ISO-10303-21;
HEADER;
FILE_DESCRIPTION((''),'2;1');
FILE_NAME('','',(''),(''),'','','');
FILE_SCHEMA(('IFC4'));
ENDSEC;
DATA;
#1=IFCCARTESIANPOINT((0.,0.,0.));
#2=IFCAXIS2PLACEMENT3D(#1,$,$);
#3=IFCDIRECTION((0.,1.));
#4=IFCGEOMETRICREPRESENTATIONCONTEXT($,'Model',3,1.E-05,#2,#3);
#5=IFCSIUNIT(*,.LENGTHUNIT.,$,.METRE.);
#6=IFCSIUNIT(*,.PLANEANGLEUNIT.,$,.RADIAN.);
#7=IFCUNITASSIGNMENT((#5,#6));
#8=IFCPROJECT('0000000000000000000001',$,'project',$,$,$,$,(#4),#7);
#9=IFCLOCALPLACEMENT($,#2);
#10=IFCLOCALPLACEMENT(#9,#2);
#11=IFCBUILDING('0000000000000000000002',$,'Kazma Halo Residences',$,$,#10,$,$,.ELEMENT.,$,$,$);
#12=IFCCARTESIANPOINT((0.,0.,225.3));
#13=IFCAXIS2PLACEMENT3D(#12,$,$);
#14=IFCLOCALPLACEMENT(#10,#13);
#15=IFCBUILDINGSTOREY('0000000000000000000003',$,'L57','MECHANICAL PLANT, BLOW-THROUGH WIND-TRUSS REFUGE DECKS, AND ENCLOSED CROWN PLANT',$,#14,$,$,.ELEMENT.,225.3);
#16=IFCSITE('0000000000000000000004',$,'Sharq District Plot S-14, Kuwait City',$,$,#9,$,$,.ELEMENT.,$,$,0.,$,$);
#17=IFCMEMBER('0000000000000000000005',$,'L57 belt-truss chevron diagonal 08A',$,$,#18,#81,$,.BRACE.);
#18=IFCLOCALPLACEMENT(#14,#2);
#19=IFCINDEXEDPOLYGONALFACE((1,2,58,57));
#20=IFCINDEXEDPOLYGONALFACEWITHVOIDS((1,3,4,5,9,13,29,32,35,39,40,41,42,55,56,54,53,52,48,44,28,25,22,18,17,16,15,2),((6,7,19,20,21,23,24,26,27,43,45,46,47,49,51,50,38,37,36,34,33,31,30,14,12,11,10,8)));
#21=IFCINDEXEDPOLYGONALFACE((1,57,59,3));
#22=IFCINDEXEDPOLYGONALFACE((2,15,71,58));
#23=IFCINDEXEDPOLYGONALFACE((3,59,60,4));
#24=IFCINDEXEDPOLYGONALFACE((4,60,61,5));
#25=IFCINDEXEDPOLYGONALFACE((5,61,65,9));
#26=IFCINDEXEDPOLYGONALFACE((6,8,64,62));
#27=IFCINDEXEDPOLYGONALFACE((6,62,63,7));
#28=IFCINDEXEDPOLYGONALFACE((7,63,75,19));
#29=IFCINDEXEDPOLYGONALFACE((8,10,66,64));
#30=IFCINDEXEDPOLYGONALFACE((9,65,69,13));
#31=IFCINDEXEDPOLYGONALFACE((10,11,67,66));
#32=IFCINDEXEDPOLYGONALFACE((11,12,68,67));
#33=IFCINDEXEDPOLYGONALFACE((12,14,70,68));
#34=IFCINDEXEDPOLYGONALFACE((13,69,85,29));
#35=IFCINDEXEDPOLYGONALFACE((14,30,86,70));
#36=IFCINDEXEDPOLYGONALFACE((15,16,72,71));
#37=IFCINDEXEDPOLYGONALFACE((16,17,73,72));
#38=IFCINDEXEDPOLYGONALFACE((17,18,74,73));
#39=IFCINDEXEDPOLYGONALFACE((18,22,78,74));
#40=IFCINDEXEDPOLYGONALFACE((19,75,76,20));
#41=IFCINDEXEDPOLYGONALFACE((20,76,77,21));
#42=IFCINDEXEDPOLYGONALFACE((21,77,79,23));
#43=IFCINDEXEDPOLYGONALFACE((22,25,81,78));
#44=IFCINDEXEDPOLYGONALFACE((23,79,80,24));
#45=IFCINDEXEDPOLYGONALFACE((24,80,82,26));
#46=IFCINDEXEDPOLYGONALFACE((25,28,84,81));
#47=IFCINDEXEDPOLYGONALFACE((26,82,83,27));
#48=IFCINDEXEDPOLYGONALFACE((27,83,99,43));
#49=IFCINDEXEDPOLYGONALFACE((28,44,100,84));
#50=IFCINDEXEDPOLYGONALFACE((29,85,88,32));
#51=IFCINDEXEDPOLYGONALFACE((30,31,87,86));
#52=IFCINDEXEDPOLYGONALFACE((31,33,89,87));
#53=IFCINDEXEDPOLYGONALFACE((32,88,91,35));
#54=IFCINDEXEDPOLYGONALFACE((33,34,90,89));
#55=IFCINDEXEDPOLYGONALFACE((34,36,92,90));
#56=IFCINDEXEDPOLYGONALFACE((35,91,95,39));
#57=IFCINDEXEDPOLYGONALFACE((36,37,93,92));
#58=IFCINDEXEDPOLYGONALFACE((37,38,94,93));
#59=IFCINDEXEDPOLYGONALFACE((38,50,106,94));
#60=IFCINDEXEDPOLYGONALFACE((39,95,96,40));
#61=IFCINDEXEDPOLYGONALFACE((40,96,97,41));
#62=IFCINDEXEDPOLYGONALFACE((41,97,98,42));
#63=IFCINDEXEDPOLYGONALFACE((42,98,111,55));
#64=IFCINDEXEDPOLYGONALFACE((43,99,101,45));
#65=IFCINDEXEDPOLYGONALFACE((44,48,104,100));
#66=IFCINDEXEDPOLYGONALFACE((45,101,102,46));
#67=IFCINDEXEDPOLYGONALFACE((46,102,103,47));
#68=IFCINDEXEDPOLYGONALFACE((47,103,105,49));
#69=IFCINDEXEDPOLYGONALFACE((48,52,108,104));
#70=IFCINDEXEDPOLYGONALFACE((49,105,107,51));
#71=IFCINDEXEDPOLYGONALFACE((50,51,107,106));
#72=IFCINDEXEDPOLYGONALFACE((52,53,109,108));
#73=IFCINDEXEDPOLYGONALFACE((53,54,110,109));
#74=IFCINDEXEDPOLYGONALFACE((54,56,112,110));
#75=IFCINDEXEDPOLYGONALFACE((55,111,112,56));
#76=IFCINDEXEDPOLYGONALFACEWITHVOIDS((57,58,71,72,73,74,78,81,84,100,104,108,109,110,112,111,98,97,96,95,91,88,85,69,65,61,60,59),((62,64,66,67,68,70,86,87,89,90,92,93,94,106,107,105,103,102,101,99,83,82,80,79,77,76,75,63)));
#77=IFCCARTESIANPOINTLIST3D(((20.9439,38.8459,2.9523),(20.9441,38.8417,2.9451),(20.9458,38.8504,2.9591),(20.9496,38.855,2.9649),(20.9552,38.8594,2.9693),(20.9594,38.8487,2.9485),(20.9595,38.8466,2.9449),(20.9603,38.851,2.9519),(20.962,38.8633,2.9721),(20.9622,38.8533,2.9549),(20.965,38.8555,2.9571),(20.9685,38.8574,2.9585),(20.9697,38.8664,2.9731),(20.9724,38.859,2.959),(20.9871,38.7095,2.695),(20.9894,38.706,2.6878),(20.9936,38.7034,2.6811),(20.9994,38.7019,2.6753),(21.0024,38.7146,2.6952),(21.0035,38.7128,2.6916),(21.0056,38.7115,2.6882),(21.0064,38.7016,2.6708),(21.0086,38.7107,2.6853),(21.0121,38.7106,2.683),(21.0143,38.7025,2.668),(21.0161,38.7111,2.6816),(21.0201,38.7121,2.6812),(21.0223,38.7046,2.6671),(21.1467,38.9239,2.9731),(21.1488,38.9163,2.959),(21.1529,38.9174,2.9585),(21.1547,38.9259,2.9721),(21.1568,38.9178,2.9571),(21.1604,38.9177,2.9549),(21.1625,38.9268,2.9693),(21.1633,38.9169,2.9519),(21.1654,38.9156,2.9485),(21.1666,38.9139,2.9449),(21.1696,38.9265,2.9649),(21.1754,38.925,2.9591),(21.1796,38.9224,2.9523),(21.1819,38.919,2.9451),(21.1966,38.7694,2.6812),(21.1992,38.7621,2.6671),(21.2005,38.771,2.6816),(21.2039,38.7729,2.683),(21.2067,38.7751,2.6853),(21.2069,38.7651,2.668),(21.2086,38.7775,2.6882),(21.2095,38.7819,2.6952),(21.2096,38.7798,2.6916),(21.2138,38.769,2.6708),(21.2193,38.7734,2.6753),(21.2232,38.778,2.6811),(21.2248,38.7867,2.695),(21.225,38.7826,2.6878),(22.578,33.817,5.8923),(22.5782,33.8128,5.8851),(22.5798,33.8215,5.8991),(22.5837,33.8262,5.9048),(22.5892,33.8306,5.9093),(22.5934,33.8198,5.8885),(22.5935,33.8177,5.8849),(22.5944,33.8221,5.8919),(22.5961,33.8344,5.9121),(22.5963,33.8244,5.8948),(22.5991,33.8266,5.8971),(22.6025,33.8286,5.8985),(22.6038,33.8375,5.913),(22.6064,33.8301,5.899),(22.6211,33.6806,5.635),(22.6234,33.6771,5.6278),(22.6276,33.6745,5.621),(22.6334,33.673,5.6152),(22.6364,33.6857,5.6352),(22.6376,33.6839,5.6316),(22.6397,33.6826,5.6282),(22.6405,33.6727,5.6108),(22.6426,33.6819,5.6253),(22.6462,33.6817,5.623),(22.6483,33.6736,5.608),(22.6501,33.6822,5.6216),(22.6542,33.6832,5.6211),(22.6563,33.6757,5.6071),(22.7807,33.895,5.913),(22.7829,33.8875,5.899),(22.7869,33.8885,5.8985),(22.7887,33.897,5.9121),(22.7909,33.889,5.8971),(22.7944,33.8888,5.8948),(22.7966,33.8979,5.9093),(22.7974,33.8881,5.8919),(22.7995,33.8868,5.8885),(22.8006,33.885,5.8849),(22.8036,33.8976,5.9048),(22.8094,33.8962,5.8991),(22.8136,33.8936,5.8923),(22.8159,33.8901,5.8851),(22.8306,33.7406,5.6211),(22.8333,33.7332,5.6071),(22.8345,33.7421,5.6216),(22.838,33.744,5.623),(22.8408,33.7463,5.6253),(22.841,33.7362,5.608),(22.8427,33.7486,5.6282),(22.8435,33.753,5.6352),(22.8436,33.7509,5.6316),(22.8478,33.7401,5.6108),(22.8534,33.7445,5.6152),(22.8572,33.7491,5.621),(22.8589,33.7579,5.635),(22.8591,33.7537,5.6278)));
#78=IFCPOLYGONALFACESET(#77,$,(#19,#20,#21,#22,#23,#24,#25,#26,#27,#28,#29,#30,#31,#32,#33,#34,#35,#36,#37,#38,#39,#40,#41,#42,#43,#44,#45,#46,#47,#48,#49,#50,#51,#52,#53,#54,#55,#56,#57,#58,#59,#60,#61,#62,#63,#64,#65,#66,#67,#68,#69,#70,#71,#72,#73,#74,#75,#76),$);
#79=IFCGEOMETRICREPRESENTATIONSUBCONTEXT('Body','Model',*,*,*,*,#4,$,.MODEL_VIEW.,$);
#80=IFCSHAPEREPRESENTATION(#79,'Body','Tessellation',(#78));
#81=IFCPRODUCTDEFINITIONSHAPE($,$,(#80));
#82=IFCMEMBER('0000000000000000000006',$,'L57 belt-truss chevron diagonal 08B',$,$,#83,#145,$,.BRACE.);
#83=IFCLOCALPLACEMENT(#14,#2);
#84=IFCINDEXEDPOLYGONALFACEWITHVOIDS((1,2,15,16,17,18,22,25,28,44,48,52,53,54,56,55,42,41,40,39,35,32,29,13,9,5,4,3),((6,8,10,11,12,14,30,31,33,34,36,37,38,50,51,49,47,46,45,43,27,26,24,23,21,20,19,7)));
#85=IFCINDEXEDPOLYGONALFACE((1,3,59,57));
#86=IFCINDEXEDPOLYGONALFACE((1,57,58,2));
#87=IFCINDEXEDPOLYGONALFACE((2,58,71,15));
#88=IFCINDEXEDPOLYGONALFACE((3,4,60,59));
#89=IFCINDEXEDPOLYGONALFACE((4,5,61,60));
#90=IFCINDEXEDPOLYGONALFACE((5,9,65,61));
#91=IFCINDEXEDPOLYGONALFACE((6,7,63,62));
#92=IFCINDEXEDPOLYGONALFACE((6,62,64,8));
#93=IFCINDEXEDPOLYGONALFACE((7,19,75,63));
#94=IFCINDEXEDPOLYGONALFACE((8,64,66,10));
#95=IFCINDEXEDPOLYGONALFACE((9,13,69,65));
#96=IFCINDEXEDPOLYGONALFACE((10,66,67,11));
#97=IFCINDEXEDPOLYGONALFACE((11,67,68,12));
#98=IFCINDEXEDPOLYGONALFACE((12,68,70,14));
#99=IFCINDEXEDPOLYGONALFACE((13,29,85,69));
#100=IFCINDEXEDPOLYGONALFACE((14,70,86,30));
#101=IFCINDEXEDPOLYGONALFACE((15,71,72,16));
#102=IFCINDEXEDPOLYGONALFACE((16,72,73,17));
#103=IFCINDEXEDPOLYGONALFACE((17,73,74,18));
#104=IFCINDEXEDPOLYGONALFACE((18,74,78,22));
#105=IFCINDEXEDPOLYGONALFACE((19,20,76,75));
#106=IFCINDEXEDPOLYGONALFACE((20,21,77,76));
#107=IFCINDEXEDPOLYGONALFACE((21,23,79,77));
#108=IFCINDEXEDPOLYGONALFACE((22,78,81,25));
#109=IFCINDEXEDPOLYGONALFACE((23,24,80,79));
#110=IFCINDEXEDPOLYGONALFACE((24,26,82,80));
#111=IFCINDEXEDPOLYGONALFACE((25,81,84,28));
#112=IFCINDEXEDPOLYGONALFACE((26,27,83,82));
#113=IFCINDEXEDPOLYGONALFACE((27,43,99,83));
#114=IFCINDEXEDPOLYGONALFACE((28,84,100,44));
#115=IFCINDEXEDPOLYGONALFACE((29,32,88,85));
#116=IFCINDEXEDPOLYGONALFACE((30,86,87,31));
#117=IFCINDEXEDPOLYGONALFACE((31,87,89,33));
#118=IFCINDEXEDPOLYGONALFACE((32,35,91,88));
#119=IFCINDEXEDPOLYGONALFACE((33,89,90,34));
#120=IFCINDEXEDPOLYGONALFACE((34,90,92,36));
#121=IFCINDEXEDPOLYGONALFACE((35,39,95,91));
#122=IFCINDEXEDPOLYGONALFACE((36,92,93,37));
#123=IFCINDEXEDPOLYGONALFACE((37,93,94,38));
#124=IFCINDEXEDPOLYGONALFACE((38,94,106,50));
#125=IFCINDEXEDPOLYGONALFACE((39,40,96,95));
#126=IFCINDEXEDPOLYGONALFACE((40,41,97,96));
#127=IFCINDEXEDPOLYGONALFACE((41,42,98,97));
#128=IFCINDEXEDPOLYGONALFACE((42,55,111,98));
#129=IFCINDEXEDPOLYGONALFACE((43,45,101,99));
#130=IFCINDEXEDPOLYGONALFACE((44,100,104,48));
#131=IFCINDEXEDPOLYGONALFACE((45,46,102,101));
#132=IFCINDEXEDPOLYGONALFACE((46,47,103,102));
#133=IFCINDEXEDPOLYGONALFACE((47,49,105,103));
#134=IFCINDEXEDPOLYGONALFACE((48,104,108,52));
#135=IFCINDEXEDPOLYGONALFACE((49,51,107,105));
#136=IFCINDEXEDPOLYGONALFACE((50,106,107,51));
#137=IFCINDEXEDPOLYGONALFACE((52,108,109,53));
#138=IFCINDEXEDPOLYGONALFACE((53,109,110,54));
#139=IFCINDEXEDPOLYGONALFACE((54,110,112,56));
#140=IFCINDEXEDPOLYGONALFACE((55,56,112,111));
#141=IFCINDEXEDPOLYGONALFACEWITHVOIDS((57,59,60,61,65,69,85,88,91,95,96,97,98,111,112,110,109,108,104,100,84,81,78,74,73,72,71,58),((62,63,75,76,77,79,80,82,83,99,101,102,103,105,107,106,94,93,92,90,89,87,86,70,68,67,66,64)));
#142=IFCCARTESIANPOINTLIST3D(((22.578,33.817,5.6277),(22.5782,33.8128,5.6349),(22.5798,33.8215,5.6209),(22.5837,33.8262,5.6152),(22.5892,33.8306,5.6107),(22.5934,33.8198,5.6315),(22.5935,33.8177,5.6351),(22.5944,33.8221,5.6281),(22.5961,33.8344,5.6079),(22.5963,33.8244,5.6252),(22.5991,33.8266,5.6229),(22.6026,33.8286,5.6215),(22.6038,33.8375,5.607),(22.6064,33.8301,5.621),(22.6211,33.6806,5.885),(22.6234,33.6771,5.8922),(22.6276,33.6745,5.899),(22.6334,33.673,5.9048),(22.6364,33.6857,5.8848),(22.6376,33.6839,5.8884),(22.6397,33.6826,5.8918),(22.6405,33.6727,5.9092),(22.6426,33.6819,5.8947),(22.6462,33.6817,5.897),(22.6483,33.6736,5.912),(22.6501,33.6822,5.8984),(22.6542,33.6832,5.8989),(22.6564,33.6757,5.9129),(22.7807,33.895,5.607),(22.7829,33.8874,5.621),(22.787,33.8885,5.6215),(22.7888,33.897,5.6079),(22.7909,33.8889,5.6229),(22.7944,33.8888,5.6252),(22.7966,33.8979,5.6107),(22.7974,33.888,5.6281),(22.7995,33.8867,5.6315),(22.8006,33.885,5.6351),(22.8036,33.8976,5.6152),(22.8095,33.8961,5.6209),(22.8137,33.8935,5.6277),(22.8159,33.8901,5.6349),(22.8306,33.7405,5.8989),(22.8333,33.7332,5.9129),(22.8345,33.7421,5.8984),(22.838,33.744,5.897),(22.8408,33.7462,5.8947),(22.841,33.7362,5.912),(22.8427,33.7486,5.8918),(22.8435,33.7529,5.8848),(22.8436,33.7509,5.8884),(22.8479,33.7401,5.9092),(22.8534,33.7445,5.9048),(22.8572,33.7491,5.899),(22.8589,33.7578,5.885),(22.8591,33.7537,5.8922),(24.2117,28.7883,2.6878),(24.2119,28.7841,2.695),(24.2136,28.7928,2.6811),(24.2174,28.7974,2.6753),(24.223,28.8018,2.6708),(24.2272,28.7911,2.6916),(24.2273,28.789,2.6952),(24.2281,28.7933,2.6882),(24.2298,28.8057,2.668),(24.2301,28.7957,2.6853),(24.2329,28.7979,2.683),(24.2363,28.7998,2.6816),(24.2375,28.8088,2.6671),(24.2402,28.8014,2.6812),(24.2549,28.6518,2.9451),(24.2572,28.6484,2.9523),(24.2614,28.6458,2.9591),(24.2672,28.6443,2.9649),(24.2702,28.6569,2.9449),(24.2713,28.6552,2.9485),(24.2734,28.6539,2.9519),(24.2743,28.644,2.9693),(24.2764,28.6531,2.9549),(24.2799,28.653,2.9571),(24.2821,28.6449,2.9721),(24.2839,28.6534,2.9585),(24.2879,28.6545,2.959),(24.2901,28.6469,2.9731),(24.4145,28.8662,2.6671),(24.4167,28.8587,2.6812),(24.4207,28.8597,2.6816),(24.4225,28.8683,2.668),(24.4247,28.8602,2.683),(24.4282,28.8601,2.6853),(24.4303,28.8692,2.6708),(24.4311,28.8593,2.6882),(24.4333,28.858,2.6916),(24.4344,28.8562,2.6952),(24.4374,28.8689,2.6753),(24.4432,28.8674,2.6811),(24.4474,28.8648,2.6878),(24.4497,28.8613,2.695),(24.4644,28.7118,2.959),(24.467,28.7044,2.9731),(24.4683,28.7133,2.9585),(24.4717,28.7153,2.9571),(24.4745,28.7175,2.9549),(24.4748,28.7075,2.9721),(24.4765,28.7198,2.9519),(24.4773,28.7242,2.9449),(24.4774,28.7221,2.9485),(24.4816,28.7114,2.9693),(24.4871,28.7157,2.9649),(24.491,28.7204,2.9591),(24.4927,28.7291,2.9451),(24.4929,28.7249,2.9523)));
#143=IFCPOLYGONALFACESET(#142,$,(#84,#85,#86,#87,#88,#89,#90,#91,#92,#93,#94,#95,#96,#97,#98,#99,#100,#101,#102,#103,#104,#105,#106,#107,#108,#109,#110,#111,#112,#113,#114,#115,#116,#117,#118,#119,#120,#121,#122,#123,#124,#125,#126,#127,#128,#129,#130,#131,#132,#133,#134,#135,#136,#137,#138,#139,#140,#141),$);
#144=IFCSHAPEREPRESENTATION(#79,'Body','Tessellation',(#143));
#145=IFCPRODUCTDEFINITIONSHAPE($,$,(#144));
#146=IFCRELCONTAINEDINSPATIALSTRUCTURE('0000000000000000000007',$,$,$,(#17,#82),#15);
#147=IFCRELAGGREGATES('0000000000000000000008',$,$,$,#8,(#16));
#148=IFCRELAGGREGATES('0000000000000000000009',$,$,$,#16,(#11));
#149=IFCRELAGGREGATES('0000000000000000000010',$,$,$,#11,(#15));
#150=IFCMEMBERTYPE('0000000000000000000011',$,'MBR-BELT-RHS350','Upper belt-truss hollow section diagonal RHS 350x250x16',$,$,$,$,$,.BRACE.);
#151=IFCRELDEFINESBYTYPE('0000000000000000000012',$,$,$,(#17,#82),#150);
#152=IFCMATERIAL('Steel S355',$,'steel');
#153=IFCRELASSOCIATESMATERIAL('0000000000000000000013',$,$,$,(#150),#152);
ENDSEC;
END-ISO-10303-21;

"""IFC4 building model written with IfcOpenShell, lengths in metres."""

from ifc_helpers import new_model, si_unit, direction, frame, origin, origin_2d, place, context, subcontext, project, spatial, hollow_rectangle, extrude, material, material_profile, profile_set, type_object, element, save


model = new_model("IFC4")

# Units and contexts
model_context = context("Model", 3, precision=1e-05, world=origin(), true_north=direction((0.0, 1.0)))
body_context = subcontext(model_context, "Body", "Model", "MODEL_VIEW")
ifc_project = project(units=[si_unit("LENGTHUNIT", "METRE"), si_unit("PLANEANGLEUNIT", "RADIAN")], contexts=[model_context])

# Site, building, storey
site_placement = place(None, origin())
site = spatial("IfcSite", under=ifc_project, at=site_placement, Name="Sharq District Plot S-14, Kuwait City", CompositionType="ELEMENT", RefElevation=0.0)
building_placement = place(site_placement, origin())
building = spatial("IfcBuilding", under=site, at=building_placement, Name="Kazma Halo Residences", CompositionType="ELEMENT")
storey_placement = place(building_placement, frame((0.0, 0.0, 225.3)))
storey = spatial("IfcBuildingStorey", under=building, at=storey_placement, Name="L57", Description="MECHANICAL PLANT, BLOW-THROUGH WIND-TRUSS REFUGE DECKS, AND ENCLOSED CROWN PLANT", CompositionType="ELEMENT", Elevation=225.3)

# Shared definitions
ifc_material_1 = material(Name="Steel S355", Category="steel")

# Members
ifc_material_profile_1 = material_profile(ifc_material_1, hollow_rectangle(XDim=0.25, YDim=0.3501, WallThickness=0.0161, InnerFilletRadius=0.0161, OuterFilletRadius=0.032, at=origin_2d()), Name="RHS350x250x16")
ifc_profile_set_1 = profile_set([ifc_material_profile_1], Name="Steel S355")
member_type_1 = type_object("IfcMemberType", Name="MBR-BELT-RHS350", Description="Upper belt-truss hollow section diagonal RHS 350x250x16", PredefinedType="BRACE", material=ifc_profile_set_1)
member_1_placement = place(storey_placement, frame((21.0845, 38.8142, 2.8201), z_axis=(0.270089, -0.831211, 0.485942), x_axis=(0.951052, 0.30903, 0.0)))
element("IfcMember", 1, at=member_1_placement, inside=storey, type_object=member_type_1, Name="L57 belt-truss chevron diagonal 08A", PredefinedType="BRACE", context=body_context, shape_type="SweptSolid", body=[
    extrude(hollow_rectangle(XDim=0.25, YDim=0.3501, WallThickness=0.0161, InnerFilletRadius=0.0161, OuterFilletRadius=0.032, at=origin_2d()), origin(), (0.0, 0.0, 1.0), 6.05),
])
member_2_placement = place(storey_placement, frame((24.3523, 28.7566, 2.8201), z_axis=(-0.270052, 0.83122, 0.485948), x_axis=(-0.951066, -0.308988, 0.0)))
element("IfcMember", 2, at=member_2_placement, inside=storey, type_object=member_type_1, Name="L57 belt-truss chevron diagonal 08B", PredefinedType="BRACE", context=body_context, shape_type="SweptSolid", body=[
    extrude(hollow_rectangle(XDim=0.25, YDim=0.3501, WallThickness=0.0161, InnerFilletRadius=0.0161, OuterFilletRadius=0.032, at=origin_2d()), origin(), (0.0, 0.0, 1.0), 6.0498),
])

save(model, "model.ifc")
